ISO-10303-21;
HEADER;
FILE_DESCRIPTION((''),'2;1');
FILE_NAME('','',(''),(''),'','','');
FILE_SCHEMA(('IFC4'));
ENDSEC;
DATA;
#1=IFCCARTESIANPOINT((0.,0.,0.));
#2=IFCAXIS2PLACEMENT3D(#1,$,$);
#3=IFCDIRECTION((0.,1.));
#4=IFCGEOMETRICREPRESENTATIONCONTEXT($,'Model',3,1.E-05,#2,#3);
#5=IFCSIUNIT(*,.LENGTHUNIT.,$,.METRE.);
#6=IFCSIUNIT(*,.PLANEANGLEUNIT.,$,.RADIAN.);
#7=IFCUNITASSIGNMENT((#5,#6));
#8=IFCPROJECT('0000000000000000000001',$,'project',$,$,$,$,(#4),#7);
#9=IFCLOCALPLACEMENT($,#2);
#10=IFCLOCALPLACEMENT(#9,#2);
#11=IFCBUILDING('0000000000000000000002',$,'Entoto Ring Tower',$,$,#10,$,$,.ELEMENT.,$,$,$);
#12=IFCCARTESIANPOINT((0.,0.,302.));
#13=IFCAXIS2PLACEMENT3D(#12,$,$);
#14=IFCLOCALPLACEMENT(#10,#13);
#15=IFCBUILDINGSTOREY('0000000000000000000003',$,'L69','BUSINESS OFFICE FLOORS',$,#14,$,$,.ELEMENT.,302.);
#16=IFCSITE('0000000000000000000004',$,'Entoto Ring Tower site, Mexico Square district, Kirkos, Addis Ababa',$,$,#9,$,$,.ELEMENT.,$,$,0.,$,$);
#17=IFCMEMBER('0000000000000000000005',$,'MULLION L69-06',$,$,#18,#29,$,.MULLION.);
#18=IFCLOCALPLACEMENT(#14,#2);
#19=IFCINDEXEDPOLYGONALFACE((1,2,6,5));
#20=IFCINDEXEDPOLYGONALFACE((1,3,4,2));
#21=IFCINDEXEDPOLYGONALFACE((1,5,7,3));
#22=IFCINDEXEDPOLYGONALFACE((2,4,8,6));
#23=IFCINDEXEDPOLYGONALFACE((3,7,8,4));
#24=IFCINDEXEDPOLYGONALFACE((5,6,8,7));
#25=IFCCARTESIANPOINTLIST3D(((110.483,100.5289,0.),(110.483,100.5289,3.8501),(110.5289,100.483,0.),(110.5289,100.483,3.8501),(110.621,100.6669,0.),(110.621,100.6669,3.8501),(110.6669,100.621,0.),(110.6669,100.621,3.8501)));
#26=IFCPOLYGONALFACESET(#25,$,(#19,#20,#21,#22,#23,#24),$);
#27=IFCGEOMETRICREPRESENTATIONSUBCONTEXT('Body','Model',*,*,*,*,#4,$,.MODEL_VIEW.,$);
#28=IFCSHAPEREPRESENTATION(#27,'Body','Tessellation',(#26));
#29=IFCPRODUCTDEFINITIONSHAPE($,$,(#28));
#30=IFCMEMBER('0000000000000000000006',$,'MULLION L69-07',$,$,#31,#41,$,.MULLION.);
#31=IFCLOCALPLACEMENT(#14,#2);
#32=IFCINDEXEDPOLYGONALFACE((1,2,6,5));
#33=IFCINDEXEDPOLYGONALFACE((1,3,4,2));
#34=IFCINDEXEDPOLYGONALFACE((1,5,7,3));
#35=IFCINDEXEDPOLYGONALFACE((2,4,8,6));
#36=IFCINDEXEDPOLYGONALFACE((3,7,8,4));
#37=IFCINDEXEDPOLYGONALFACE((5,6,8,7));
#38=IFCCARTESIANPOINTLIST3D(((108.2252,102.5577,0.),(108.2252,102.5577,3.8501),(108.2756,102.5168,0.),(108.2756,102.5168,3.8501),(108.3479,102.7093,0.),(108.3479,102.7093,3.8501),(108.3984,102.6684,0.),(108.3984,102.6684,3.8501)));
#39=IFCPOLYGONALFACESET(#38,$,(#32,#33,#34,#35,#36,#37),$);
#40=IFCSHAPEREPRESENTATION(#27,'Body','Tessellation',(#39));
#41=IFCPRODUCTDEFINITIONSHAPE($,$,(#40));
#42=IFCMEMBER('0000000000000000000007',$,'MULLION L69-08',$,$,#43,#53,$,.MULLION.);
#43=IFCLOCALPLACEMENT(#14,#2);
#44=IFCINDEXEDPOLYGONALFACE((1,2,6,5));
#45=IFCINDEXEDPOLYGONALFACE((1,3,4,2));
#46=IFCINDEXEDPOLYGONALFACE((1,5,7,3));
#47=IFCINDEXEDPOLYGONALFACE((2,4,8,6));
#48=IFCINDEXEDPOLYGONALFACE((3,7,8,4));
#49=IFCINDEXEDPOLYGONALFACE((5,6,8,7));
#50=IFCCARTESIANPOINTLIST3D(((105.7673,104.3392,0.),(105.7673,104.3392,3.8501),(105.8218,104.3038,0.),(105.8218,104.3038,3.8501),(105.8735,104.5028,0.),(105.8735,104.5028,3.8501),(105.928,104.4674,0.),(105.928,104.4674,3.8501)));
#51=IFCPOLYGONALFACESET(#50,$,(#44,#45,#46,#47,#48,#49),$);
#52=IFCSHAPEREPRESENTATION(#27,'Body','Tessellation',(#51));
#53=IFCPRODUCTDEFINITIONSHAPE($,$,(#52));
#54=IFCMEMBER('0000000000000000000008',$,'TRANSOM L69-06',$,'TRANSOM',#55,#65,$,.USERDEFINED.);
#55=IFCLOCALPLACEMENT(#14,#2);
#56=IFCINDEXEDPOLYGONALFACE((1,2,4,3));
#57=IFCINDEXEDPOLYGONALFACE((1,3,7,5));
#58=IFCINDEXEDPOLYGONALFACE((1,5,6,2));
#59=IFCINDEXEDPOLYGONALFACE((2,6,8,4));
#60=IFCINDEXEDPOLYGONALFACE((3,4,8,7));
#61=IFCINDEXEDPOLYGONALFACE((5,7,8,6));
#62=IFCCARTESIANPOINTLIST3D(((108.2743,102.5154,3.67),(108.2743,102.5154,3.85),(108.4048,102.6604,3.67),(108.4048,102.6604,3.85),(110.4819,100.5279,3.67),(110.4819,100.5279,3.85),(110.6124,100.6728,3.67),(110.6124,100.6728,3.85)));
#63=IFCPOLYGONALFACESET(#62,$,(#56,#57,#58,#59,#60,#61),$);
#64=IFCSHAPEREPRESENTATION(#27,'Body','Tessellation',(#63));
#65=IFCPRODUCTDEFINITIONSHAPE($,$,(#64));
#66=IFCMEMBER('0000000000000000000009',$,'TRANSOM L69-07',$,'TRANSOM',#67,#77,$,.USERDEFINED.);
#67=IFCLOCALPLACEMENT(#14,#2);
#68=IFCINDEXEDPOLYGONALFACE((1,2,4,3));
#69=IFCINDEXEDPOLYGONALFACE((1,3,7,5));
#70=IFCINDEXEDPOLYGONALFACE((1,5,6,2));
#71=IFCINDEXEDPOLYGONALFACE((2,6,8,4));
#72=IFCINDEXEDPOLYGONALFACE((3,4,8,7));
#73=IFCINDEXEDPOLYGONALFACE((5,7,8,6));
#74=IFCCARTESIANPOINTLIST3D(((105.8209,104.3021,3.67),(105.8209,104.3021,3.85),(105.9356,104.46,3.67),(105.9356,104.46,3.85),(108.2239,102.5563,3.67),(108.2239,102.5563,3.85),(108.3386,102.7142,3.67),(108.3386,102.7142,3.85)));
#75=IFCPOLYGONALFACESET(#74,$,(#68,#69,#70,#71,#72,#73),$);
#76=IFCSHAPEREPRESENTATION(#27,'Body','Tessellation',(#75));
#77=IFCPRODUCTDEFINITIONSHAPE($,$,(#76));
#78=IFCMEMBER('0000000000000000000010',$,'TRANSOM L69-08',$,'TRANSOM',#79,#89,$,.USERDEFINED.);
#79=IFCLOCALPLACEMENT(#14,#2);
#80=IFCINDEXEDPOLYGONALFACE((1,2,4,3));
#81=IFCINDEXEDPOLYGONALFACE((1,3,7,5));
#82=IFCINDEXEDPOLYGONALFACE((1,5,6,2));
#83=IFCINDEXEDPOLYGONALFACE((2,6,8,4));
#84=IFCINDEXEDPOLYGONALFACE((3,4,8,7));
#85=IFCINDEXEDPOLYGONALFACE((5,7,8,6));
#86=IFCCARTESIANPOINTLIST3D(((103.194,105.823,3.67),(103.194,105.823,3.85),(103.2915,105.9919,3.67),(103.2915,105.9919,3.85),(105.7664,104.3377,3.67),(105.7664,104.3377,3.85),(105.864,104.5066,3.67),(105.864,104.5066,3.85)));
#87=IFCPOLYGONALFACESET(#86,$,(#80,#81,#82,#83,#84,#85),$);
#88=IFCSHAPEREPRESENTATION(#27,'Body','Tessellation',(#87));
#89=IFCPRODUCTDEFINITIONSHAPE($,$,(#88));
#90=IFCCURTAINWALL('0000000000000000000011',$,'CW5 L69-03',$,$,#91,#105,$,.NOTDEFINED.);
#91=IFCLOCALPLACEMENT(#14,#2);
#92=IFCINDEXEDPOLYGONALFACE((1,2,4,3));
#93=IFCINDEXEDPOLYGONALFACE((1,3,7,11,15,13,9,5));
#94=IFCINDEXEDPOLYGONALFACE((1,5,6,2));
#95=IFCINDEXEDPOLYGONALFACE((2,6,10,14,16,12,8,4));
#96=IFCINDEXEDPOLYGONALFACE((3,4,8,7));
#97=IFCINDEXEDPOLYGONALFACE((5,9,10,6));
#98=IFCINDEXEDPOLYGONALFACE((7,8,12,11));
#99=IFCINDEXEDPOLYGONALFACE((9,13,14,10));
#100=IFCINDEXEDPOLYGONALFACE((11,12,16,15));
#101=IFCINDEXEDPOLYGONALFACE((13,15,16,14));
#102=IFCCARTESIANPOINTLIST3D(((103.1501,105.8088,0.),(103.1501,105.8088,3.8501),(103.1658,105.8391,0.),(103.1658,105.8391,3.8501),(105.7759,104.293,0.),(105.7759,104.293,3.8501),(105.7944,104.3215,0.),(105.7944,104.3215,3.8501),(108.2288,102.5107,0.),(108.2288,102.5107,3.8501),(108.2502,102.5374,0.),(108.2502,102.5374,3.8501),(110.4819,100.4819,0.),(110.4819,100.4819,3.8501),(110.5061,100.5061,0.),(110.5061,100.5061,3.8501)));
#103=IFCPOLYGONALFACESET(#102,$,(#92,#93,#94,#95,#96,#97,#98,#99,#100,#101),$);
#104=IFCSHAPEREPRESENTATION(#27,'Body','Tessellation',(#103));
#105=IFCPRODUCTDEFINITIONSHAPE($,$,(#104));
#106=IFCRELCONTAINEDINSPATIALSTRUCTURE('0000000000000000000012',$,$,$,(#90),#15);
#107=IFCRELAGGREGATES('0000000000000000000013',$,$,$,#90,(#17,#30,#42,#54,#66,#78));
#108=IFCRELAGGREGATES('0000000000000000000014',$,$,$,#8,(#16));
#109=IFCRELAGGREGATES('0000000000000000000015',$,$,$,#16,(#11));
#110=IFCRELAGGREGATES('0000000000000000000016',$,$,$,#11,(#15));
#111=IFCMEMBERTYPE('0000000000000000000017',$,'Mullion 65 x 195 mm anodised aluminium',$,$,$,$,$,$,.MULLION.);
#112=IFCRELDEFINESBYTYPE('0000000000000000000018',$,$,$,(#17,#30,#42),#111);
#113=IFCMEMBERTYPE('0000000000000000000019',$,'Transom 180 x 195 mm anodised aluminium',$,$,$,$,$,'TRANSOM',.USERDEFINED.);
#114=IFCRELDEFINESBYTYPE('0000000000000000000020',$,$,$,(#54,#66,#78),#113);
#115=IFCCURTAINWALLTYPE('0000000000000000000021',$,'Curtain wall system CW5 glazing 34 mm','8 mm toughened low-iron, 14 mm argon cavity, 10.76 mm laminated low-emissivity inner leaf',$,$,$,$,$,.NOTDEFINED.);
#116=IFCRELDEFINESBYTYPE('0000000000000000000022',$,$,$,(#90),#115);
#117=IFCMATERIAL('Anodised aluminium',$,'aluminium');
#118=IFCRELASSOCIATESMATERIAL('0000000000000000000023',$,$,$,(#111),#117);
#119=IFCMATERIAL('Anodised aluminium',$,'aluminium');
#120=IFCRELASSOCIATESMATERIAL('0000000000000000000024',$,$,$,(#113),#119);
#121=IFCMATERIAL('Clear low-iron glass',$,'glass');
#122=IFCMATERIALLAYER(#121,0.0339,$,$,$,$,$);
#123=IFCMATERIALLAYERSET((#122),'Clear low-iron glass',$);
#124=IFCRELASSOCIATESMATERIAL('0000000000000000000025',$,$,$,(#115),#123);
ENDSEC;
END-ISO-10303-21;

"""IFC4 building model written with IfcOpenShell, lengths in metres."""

from ifc_helpers import new_model, si_unit, direction, frame, origin, origin_2d, place, context, subcontext, project, spatial, polyline, rectangle, outline, extrude, material, layer, layer_set, material_profile, profile_set, type_object, element, aggregate, save


model = new_model("IFC4")

# Units and contexts
model_context = context("Model", 3, precision=1e-05, world=origin(), true_north=direction((0.0, 1.0)))
body_context = subcontext(model_context, "Body", "Model", "MODEL_VIEW")
ifc_project = project(units=[si_unit("LENGTHUNIT", "METRE"), si_unit("PLANEANGLEUNIT", "RADIAN")], contexts=[model_context])

# Members
ifc_material_1 = material(Name="Anodised aluminium", Category="aluminium")
ifc_material_profile_1 = material_profile(ifc_material_1, rectangle(XDim=0.0649, YDim=0.1951, at=origin_2d()), Name="Mullion 65 x 195 mm anodised aluminium")
ifc_profile_set_1 = profile_set([ifc_material_profile_1], Name="Anodised aluminium")
member_type_1 = type_object("IfcMemberType", Name="Mullion 65 x 195 mm anodised aluminium", PredefinedType="MULLION", material=ifc_profile_set_1)
site_placement = place(None, origin())
building_placement = place(site_placement, origin())
storey_placement = place(building_placement, frame((0.0, 0.0, 302.0)))
member_1_placement = place(storey_placement, frame((110.575, 100.575, 0.0), z_axis=(0.0, 0.0, 1.0), x_axis=(-0.707107, 0.707107, 0.0)))
member_1 = element("IfcMember", 1, at=member_1_placement, type_object=member_type_1, Name="MULLION L69-06", PredefinedType="MULLION", context=body_context, shape_type="SweptSolid", body=[
    extrude(rectangle(XDim=0.0649, YDim=0.1951, at=origin_2d()), origin(), (0.0, 0.0, 1.0), 3.8501),
])
member_2_placement = place(storey_placement, frame((108.3118, 102.613, 0.0), z_axis=(0.0, 0.0, 1.0), x_axis=(-0.777146, 0.62932, 0.0)))
member_2 = element("IfcMember", 2, at=member_2_placement, type_object=member_type_1, Name="MULLION L69-07", PredefinedType="MULLION", context=body_context, shape_type="SweptSolid", body=[
    extrude(rectangle(XDim=0.0649, YDim=0.1951, at=origin_2d()), origin(), (0.0, 0.0, 1.0), 3.8501),
])
member_3_placement = place(storey_placement, frame((105.8477, 104.4033, 0.0), z_axis=(0.0, 0.0, 1.0), x_axis=(-0.838671, 0.544639, 0.0)))
member_3 = element("IfcMember", 3, at=member_3_placement, type_object=member_type_1, Name="MULLION L69-08", PredefinedType="MULLION", context=body_context, shape_type="SweptSolid", body=[
    extrude(rectangle(XDim=0.0649, YDim=0.1951, at=origin_2d()), origin(), (0.0, 0.0, 1.0), 3.8501),
])
ifc_material_2 = material(Name="Anodised aluminium", Category="aluminium")
ifc_material_profile_2 = material_profile(ifc_material_2, rectangle(XDim=0.1951, YDim=0.1799, at=origin_2d()), Name="Transom 180 x 195 mm anodised aluminium")
ifc_profile_set_2 = profile_set([ifc_material_profile_2], Name="Anodised aluminium")
member_type_2 = type_object("IfcMemberType", Name="Transom 180 x 195 mm anodised aluminium", ElementType="TRANSOM", PredefinedType="USERDEFINED", material=ifc_profile_set_2)
member_4_placement = place(storey_placement, frame((110.5471, 100.6003, 3.76), z_axis=(-0.743163, 0.66911, 0.0), x_axis=(-0.66911, -0.743163, 0.0)))
member_4 = element("IfcMember", 4, at=member_4_placement, type_object=member_type_2, Name="TRANSOM L69-06", ObjectType="TRANSOM", PredefinedType="USERDEFINED", context=body_context, shape_type="SweptSolid", body=[
    extrude(rectangle(XDim=0.1951, YDim=0.1799, at=origin_2d()), origin(), (0.0, 0.0, 1.0), 2.9705),
])
member_5_placement = place(storey_placement, frame((108.2812, 102.6353, 3.76), z_axis=(-0.809031, 0.587766, 0.0), x_axis=(-0.587766, -0.809031, 0.0)))
member_5 = element("IfcMember", 5, at=member_5_placement, type_object=member_type_2, Name="TRANSOM L69-07", ObjectType="TRANSOM", PredefinedType="USERDEFINED", context=body_context, shape_type="SweptSolid", body=[
    extrude(rectangle(XDim=0.1951, YDim=0.1799, at=origin_2d()), origin(), (0.0, 0.0, 1.0), 2.9702),
])
member_6_placement = place(storey_placement, frame((105.8152, 104.4221, 3.76), z_axis=(-0.866009, 0.500028, 0.0), x_axis=(-0.500028, -0.866009, 0.0)))
member_6 = element("IfcMember", 6, at=member_6_placement, type_object=member_type_2, Name="TRANSOM L69-08", ObjectType="TRANSOM", PredefinedType="USERDEFINED", context=body_context, shape_type="SweptSolid", body=[
    extrude(rectangle(XDim=0.1951, YDim=0.1799, at=origin_2d()), origin(), (0.0, 0.0, 1.0), 2.9705),
])

# Site, building, storey
site = spatial("IfcSite", under=ifc_project, at=site_placement, Name="Entoto Ring Tower site, Mexico Square district, Kirkos, Addis Ababa", CompositionType="ELEMENT", RefElevation=0.0)
building = spatial("IfcBuilding", under=site, at=building_placement, Name="Entoto Ring Tower", CompositionType="ELEMENT")
storey = spatial("IfcBuildingStorey", under=building, at=storey_placement, Name="L69", Description="BUSINESS OFFICE FLOORS", CompositionType="ELEMENT", Elevation=302.0)

# Curtain wall
ifc_material_3 = material(Name="Clear low-iron glass", Category="glass")
ifc_layer_1 = layer(ifc_material_3, 0.0339)
ifc_layer_set_1 = layer_set([ifc_layer_1], Name="Clear low-iron glass")
curtain_wall_type = type_object("IfcCurtainWallType", Name="Curtain wall system CW5 glazing 34 mm", Description="8 mm toughened low-iron, 14 mm argon cavity, 10.76 mm laminated low-emissivity inner leaf", PredefinedType="NOTDEFINED", material=ifc_layer_set_1)
curtain_wall_1_placement = place(storey_placement, origin())
curtain_wall_1 = element("IfcCurtainWall", 7, at=curtain_wall_1_placement, inside=storey, type_object=curtain_wall_type, Name="CW5 L69-03", PredefinedType="NOTDEFINED", context=body_context, shape_type="SweptSolid", body=[
    extrude(outline(polyline([(110.5061, 100.5061), (108.2502, 102.5374), (105.7944, 104.3215), (103.1658, 105.8391), (103.1501, 105.8088), (105.7759, 104.293), (108.2288, 102.5107), (110.4819, 100.4819), (110.5061, 100.5061)])), origin(), (0.0, 0.0, 1.0), 3.8501),
])
aggregate(curtain_wall_1, [member_1, member_2, member_3, member_4, member_5, member_6])

save(model, "model.ifc")
